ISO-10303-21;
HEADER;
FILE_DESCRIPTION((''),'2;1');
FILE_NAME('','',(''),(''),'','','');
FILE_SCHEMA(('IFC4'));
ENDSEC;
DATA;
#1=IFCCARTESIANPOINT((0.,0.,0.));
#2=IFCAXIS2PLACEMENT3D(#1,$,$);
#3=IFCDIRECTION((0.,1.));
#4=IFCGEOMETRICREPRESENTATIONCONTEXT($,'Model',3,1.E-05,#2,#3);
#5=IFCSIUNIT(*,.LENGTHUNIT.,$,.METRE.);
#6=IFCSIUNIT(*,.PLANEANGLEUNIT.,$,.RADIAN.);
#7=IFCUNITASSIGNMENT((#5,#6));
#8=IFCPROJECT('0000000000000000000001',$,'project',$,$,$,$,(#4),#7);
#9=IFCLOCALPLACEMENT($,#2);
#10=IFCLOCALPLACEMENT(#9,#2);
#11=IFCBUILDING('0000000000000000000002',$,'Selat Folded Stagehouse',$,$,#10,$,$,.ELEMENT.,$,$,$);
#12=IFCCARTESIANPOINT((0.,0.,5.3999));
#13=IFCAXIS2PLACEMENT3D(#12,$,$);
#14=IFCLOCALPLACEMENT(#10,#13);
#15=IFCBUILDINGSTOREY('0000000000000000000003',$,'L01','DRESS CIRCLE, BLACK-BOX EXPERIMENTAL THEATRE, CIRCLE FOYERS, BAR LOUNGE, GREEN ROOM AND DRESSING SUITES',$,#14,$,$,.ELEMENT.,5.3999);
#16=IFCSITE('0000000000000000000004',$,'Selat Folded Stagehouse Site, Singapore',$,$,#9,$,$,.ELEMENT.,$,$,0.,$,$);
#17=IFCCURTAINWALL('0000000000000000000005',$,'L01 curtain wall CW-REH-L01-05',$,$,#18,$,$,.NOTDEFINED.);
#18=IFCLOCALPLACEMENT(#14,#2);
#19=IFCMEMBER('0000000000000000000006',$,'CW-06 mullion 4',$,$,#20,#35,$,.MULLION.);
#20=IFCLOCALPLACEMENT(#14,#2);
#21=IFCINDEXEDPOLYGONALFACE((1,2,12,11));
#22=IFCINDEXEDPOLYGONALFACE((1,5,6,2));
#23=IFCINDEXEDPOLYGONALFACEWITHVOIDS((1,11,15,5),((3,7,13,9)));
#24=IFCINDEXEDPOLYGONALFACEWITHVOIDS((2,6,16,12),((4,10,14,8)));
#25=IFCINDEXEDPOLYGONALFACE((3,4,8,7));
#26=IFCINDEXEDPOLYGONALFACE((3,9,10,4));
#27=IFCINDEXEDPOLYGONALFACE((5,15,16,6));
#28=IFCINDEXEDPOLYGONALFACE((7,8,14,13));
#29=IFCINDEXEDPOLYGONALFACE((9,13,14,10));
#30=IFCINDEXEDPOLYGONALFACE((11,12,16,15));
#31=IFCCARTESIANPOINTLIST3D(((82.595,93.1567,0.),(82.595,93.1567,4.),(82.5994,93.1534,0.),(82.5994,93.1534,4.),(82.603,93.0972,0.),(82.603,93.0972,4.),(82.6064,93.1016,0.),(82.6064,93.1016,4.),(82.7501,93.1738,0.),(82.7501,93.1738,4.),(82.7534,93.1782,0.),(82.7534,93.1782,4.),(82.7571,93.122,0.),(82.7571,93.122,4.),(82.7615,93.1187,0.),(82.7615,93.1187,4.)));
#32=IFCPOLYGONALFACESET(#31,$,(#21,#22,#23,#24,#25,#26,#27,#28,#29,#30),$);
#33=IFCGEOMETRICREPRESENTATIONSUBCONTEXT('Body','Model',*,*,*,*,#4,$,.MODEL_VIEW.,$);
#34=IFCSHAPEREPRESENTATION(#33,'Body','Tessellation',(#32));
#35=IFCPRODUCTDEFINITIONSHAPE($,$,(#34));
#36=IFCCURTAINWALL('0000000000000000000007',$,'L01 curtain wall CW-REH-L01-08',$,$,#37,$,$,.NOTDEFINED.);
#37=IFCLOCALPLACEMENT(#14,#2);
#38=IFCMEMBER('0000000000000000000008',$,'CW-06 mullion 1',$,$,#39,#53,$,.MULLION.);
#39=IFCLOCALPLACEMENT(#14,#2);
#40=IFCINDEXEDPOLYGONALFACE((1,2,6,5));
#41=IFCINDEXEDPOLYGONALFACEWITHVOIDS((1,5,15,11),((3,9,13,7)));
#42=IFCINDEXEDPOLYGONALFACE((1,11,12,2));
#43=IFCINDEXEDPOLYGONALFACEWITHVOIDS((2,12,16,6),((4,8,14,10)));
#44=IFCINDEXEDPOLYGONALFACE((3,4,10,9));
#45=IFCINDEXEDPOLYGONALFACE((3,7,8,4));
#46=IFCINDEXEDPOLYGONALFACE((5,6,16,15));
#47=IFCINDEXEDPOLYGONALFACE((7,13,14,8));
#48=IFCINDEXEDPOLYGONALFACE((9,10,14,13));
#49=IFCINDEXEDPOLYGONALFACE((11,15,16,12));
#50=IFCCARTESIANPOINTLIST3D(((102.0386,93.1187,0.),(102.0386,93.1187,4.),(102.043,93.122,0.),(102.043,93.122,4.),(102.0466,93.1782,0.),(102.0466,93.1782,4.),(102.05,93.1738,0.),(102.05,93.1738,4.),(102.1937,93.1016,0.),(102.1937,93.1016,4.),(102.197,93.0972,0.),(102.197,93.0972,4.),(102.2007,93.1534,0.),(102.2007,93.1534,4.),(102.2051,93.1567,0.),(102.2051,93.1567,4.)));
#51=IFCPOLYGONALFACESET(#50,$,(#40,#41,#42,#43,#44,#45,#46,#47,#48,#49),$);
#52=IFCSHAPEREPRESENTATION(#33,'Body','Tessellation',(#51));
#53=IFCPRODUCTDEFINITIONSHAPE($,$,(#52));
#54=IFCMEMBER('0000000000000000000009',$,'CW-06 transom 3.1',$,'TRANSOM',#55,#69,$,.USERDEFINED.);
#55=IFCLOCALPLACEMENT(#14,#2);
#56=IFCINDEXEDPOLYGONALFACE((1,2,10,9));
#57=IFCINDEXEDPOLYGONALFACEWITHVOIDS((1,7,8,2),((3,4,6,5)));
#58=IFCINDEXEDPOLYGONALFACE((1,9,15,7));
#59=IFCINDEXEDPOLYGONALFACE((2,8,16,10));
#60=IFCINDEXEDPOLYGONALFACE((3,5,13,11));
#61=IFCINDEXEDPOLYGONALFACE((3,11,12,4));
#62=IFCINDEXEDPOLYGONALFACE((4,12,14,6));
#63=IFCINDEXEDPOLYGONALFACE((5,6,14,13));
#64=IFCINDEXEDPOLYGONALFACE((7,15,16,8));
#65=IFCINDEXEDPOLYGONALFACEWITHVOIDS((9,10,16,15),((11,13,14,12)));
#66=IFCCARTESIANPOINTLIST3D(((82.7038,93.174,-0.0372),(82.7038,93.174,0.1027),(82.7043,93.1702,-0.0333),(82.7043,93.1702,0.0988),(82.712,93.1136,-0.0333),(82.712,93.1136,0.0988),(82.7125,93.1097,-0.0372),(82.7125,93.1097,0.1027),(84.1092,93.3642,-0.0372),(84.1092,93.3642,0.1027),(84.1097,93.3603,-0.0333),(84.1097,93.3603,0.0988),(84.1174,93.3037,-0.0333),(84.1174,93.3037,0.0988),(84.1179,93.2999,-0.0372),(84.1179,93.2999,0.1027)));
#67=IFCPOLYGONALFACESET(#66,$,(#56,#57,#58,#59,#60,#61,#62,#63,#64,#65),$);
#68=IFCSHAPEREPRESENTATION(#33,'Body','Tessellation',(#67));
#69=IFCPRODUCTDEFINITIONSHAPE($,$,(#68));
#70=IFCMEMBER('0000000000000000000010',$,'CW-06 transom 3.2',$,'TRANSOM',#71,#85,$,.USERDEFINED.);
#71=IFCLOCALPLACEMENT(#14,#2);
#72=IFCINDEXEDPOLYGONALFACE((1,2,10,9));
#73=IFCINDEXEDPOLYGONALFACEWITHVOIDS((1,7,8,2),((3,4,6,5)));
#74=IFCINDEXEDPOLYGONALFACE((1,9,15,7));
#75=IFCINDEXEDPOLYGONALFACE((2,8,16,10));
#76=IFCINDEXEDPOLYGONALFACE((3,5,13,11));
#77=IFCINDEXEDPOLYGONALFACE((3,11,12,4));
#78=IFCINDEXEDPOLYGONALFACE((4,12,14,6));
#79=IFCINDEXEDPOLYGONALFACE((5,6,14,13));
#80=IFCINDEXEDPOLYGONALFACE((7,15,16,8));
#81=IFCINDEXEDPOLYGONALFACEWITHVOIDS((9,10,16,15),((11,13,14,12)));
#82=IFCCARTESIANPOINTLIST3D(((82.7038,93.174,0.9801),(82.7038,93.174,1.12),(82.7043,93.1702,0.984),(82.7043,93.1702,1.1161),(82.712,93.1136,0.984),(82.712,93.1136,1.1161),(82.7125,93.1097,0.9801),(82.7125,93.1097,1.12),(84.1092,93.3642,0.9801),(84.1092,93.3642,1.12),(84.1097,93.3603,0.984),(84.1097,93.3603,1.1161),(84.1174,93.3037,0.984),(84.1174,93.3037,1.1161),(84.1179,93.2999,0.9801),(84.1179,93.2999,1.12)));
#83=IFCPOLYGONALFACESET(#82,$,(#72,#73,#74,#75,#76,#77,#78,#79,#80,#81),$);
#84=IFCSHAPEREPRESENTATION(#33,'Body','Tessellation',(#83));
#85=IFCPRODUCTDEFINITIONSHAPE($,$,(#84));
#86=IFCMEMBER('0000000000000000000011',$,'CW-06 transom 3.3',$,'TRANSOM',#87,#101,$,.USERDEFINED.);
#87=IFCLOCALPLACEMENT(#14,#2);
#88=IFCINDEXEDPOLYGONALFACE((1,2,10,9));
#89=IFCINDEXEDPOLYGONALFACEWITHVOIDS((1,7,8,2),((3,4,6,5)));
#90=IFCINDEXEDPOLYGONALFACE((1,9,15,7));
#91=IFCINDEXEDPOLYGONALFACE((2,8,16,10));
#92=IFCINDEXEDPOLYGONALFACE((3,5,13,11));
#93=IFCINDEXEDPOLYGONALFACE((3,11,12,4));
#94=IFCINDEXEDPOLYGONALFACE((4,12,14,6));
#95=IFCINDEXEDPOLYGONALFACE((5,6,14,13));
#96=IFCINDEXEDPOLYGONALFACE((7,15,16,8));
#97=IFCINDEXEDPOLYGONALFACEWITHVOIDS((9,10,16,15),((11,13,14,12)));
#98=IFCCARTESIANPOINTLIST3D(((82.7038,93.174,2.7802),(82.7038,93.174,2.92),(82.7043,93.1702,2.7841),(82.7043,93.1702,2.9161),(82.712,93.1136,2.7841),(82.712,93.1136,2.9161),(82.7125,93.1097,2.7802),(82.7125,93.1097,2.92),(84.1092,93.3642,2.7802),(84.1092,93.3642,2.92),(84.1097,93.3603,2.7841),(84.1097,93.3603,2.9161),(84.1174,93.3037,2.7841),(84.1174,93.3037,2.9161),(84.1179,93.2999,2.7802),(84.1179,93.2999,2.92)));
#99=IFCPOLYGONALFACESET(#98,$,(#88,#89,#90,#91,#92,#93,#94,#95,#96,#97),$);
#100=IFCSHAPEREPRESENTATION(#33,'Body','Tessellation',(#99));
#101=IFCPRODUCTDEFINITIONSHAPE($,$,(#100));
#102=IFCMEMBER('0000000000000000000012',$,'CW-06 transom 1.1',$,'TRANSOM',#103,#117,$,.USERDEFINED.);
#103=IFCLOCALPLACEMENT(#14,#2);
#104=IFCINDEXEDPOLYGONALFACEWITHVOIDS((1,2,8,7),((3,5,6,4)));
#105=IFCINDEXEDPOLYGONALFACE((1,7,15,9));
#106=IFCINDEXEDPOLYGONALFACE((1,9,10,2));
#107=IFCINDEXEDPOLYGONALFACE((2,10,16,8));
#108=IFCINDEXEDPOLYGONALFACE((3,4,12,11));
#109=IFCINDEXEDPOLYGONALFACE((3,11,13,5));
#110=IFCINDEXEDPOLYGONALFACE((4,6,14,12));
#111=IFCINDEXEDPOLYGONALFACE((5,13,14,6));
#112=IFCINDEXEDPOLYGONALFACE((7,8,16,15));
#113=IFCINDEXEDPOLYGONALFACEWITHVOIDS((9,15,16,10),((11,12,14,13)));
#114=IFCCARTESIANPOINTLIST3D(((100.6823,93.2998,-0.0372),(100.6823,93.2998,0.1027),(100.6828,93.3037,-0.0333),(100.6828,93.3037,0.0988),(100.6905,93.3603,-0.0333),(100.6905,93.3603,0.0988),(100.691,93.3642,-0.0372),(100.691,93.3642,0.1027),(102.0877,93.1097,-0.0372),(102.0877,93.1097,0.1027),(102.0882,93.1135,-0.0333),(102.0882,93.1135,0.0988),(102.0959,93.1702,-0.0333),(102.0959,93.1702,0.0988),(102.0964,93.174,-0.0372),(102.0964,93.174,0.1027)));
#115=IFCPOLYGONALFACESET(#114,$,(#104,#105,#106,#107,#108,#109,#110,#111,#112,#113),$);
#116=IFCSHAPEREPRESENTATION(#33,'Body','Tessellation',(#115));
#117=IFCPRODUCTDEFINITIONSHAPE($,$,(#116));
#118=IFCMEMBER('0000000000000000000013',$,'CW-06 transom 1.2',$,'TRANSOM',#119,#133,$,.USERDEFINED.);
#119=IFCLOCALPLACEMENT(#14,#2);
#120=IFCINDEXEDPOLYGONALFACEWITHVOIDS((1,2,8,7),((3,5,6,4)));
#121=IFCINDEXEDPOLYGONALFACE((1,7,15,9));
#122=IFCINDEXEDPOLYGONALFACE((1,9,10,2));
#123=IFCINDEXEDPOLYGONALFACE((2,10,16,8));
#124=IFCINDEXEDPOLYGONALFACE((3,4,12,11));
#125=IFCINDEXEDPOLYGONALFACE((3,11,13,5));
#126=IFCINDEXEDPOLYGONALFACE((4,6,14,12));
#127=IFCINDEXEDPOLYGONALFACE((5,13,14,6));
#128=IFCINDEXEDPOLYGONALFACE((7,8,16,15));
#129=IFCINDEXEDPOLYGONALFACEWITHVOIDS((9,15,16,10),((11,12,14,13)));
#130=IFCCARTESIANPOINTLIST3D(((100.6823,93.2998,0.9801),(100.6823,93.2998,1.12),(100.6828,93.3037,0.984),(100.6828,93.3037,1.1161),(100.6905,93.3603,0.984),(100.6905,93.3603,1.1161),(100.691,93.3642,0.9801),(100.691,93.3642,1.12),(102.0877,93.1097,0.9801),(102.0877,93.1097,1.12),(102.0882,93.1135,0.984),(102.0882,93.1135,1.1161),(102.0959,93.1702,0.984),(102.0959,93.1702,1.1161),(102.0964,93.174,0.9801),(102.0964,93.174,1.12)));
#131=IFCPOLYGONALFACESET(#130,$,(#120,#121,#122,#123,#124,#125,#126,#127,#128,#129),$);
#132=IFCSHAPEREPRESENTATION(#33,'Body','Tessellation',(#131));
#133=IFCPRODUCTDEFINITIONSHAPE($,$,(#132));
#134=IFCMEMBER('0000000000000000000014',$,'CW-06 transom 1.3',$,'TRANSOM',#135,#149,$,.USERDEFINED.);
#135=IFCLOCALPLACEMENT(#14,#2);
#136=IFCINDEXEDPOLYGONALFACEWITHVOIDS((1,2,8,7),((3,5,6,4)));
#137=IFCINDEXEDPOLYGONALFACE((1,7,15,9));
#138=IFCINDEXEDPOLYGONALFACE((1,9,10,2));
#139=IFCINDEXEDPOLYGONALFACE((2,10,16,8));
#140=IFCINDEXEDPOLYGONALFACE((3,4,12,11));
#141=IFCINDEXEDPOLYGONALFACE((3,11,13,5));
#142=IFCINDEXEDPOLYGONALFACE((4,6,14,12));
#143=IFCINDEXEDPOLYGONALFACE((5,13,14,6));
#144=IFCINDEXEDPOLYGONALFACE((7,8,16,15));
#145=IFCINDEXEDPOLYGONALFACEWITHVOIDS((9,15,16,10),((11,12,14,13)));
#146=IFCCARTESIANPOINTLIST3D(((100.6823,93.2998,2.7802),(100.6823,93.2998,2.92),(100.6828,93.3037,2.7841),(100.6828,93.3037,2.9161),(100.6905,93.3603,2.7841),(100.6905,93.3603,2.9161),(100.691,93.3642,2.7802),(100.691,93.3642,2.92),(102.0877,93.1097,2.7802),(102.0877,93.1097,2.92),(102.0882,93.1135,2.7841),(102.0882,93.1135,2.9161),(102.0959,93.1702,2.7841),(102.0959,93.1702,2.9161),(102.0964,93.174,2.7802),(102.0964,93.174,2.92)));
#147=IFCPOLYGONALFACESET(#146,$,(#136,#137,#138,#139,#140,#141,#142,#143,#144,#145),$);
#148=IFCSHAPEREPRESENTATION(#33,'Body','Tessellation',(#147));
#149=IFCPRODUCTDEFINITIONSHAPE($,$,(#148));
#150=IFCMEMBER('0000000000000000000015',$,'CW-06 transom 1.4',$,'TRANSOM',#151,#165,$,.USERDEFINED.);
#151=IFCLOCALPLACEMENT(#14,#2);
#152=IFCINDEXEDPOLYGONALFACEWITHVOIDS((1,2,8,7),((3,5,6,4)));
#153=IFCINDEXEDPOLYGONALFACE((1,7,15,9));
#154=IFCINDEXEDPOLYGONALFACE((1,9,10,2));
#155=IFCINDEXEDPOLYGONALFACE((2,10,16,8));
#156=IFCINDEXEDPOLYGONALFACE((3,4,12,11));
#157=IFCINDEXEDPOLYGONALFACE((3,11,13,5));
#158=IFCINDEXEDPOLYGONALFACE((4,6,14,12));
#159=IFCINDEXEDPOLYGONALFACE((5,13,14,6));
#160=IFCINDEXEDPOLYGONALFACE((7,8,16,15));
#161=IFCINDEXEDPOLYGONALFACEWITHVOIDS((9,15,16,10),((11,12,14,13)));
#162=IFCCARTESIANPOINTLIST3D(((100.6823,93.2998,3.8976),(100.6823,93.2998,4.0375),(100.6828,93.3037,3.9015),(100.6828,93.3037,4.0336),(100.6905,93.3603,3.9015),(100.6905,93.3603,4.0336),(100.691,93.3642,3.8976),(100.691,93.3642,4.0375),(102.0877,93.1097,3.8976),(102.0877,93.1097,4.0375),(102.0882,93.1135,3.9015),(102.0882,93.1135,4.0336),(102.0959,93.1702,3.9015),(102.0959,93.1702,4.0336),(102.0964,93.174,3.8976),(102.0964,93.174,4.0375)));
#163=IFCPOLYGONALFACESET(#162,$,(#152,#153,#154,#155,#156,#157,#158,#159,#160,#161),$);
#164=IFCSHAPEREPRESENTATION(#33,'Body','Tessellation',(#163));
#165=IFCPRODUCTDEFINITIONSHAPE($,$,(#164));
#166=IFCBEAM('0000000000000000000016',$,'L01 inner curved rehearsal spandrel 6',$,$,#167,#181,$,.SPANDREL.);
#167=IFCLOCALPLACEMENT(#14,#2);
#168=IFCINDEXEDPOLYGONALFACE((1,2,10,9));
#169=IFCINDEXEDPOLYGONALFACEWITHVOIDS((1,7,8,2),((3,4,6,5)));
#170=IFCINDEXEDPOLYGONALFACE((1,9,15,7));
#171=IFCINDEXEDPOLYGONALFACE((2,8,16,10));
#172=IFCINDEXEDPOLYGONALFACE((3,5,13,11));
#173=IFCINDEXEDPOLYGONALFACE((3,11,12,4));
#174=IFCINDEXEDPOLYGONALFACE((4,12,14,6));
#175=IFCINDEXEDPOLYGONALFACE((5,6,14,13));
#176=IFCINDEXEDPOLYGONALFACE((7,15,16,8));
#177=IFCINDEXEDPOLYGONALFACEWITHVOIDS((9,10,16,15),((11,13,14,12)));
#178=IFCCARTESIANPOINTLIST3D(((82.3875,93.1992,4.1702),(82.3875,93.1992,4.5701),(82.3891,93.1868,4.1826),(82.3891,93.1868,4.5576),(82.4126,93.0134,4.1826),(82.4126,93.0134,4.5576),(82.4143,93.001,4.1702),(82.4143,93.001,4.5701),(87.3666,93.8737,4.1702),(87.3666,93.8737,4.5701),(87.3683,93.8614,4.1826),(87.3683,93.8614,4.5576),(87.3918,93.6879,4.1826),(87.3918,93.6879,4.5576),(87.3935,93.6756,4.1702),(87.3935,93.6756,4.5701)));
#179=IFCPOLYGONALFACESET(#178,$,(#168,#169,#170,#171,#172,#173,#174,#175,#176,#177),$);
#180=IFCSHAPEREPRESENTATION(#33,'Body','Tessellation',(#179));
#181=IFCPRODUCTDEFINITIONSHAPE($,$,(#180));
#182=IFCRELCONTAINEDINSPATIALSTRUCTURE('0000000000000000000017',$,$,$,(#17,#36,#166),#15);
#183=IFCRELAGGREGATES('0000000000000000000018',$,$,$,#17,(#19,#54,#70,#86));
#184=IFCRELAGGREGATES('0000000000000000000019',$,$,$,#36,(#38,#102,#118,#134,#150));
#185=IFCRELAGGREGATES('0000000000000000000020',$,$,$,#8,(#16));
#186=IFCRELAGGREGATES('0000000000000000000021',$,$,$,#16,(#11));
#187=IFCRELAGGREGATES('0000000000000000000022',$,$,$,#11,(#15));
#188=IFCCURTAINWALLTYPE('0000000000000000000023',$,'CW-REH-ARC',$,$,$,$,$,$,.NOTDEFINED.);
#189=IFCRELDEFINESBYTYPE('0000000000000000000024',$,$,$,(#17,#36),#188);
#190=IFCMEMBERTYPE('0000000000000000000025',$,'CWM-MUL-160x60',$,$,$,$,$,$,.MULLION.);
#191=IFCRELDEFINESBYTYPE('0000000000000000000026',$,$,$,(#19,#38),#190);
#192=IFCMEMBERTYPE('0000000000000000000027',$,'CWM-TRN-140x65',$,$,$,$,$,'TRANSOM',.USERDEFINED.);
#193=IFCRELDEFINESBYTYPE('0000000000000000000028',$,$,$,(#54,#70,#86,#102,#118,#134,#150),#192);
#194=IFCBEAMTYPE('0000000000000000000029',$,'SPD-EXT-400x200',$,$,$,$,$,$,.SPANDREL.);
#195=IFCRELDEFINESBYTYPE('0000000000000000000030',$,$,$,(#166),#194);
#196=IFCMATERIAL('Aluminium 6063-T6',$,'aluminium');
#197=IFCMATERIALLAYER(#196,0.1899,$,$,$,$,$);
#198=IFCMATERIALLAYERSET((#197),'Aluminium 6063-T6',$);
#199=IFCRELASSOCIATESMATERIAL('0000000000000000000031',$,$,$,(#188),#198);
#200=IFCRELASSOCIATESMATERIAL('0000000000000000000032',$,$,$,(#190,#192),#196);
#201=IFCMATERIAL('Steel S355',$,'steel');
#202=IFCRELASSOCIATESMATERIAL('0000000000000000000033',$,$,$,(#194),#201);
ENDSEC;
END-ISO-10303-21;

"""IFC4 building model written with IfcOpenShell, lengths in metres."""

from ifc_helpers import new_model, si_unit, direction, frame, origin, origin_2d, place, context, subcontext, project, spatial, hollow_rectangle, extrude, material, layer, layer_set, material_profile, profile_set, type_object, element, aggregate, save


model = new_model("IFC4")

# Units and contexts
model_context = context("Model", 3, precision=1e-05, world=origin(), true_north=direction((0.0, 1.0)))
body_context = subcontext(model_context, "Body", "Model", "MODEL_VIEW")
ifc_project = project(units=[si_unit("LENGTHUNIT", "METRE"), si_unit("PLANEANGLEUNIT", "RADIAN")], contexts=[model_context])

# Site, building, storey
site_placement = place(None, origin())
site = spatial("IfcSite", under=ifc_project, at=site_placement, Name="Selat Folded Stagehouse Site, Singapore", CompositionType="ELEMENT", RefElevation=0.0)
building_placement = place(site_placement, origin())
building = spatial("IfcBuilding", under=site, at=building_placement, Name="Selat Folded Stagehouse", CompositionType="ELEMENT")
storey_placement = place(building_placement, frame((0.0, 0.0, 5.3999)))
storey = spatial("IfcBuildingStorey", under=building, at=storey_placement, Name="L01", Description="DRESS CIRCLE, BLACK-BOX EXPERIMENTAL THEATRE, CIRCLE FOYERS, BAR LOUNGE, GREEN ROOM AND DRESSING SUITES", CompositionType="ELEMENT", Elevation=5.3999)

# Shared definitions
ifc_material_1 = material(Name="Steel S355", Category="steel")

# Curtain walls, members
ifc_material_2 = material(Name="Aluminium 6063-T6", Category="aluminium")
ifc_layer_1 = layer(ifc_material_2, 0.1899)
ifc_layer_set_1 = layer_set([ifc_layer_1], Name="Aluminium 6063-T6")
curtain_wall_type = type_object("IfcCurtainWallType", Name="CW-REH-ARC", PredefinedType="NOTDEFINED", material=ifc_layer_set_1)
curtain_wall_1_placement = place(storey_placement, origin())
curtain_wall_1 = element("IfcCurtainWall", 1, at=curtain_wall_1_placement, inside=storey, type_object=curtain_wall_type, Name="L01 curtain wall CW-REH-L01-05", PredefinedType="NOTDEFINED")
ifc_material_profile_1 = material_profile(ifc_material_2, hollow_rectangle(XDim=0.0601, YDim=0.1599, WallThickness=0.0039, at=origin_2d()), Name="ALU 160x60x4.0")
ifc_profile_set_1 = profile_set([ifc_material_profile_1], Name="Aluminium 6063-T6")
member_type_1 = type_object("IfcMemberType", Name="CWM-MUL-160x60", PredefinedType="MULLION", material=ifc_profile_set_1)
member_1_placement = place(storey_placement, frame((82.6782, 93.1377, 0.0), z_axis=(0.0, 0.0, 1.0), x_axis=(0.134212, -0.990953, 0.0)))
member_1 = element("IfcMember", 2, at=member_1_placement, type_object=member_type_1, Name="CW-06 mullion 4", PredefinedType="MULLION", context=body_context, shape_type="SweptSolid", body=[
    extrude(hollow_rectangle(XDim=0.0601, YDim=0.1599, WallThickness=0.0039, at=origin_2d()), origin(), (0.0, 0.0, 1.0), 4.0),
])
curtain_wall_2_placement = place(storey_placement, origin())
curtain_wall_2 = element("IfcCurtainWall", 3, at=curtain_wall_2_placement, inside=storey, type_object=curtain_wall_type, Name="L01 curtain wall CW-REH-L01-08", PredefinedType="NOTDEFINED")
member_2_placement = place(storey_placement, frame((102.1218, 93.1377, 0.0), z_axis=(0.0, 0.0, 1.0), x_axis=(-0.134212, -0.990953, 0.0)))
member_2 = element("IfcMember", 4, at=member_2_placement, type_object=member_type_1, Name="CW-06 mullion 1", PredefinedType="MULLION", context=body_context, shape_type="SweptSolid", body=[
    extrude(hollow_rectangle(XDim=0.0601, YDim=0.1599, WallThickness=0.0039, at=origin_2d()), origin(), (0.0, 0.0, 1.0), 4.0),
])

# Members
ifc_material_profile_2 = material_profile(ifc_material_2, hollow_rectangle(XDim=0.0649, YDim=0.1399, WallThickness=0.0039, at=origin_2d()), Name="ALU 140x65x4.0")
ifc_profile_set_2 = profile_set([ifc_material_profile_2], Name="Aluminium 6063-T6")
member_type_2 = type_object("IfcMemberType", Name="CWM-TRN-140x65", ElementType="TRANSOM", PredefinedType="USERDEFINED", material=ifc_profile_set_2)
member_3_placement = place(storey_placement, frame((84.1135, 93.332, 0.0327), z_axis=(-0.990969, -0.134092, 0.0), x_axis=(0.134092, -0.990969, 0.0)))
member_3 = element("IfcMember", 5, at=member_3_placement, type_object=member_type_2, Name="CW-06 transom 3.1", ObjectType="TRANSOM", PredefinedType="USERDEFINED", context=body_context, shape_type="SweptSolid", body=[
    extrude(hollow_rectangle(XDim=0.0649, YDim=0.1399, WallThickness=0.0039, at=origin_2d()), origin(), (0.0, 0.0, 1.0), 1.4182),
])
member_4_placement = place(storey_placement, frame((84.1135, 93.332, 1.05), z_axis=(-0.990969, -0.134092, 0.0), x_axis=(0.134092, -0.990969, 0.0)))
member_4 = element("IfcMember", 6, at=member_4_placement, type_object=member_type_2, Name="CW-06 transom 3.2", ObjectType="TRANSOM", PredefinedType="USERDEFINED", context=body_context, shape_type="SweptSolid", body=[
    extrude(hollow_rectangle(XDim=0.0649, YDim=0.1399, WallThickness=0.0039, at=origin_2d()), origin(), (0.0, 0.0, 1.0), 1.4182),
])
member_5_placement = place(storey_placement, frame((84.1135, 93.332, 2.8501), z_axis=(-0.990969, -0.134092, 0.0), x_axis=(0.134092, -0.990969, 0.0)))
member_5 = element("IfcMember", 7, at=member_5_placement, type_object=member_type_2, Name="CW-06 transom 3.3", ObjectType="TRANSOM", PredefinedType="USERDEFINED", context=body_context, shape_type="SweptSolid", body=[
    extrude(hollow_rectangle(XDim=0.0649, YDim=0.1399, WallThickness=0.0039, at=origin_2d()), origin(), (0.0, 0.0, 1.0), 1.4182),
])
member_6_placement = place(storey_placement, frame((102.092, 93.1418, 0.0327), z_axis=(-0.990969, 0.134092, 0.0), x_axis=(-0.134092, -0.990969, 0.0)))
member_6 = element("IfcMember", 8, at=member_6_placement, type_object=member_type_2, Name="CW-06 transom 1.1", ObjectType="TRANSOM", PredefinedType="USERDEFINED", context=body_context, shape_type="SweptSolid", body=[
    extrude(hollow_rectangle(XDim=0.0649, YDim=0.1399, WallThickness=0.0039, at=origin_2d()), origin(), (0.0, 0.0, 1.0), 1.4182),
])
member_7_placement = place(storey_placement, frame((102.092, 93.1418, 1.05), z_axis=(-0.990969, 0.134092, 0.0), x_axis=(-0.134092, -0.990969, 0.0)))
member_7 = element("IfcMember", 9, at=member_7_placement, type_object=member_type_2, Name="CW-06 transom 1.2", ObjectType="TRANSOM", PredefinedType="USERDEFINED", context=body_context, shape_type="SweptSolid", body=[
    extrude(hollow_rectangle(XDim=0.0649, YDim=0.1399, WallThickness=0.0039, at=origin_2d()), origin(), (0.0, 0.0, 1.0), 1.4182),
])
member_8_placement = place(storey_placement, frame((102.092, 93.1418, 2.8501), z_axis=(-0.990969, 0.134092, 0.0), x_axis=(-0.134092, -0.990969, 0.0)))
member_8 = element("IfcMember", 10, at=member_8_placement, type_object=member_type_2, Name="CW-06 transom 1.3", ObjectType="TRANSOM", PredefinedType="USERDEFINED", context=body_context, shape_type="SweptSolid", body=[
    extrude(hollow_rectangle(XDim=0.0649, YDim=0.1399, WallThickness=0.0039, at=origin_2d()), origin(), (0.0, 0.0, 1.0), 1.4182),
])
member_9_placement = place(storey_placement, frame((102.092, 93.1418, 3.9675), z_axis=(-0.990969, 0.134092, 0.0), x_axis=(-0.134092, -0.990969, 0.0)))
member_9 = element("IfcMember", 11, at=member_9_placement, type_object=member_type_2, Name="CW-06 transom 1.4", ObjectType="TRANSOM", PredefinedType="USERDEFINED", context=body_context, shape_type="SweptSolid", body=[
    extrude(hollow_rectangle(XDim=0.0649, YDim=0.1399, WallThickness=0.0039, at=origin_2d()), origin(), (0.0, 0.0, 1.0), 1.4182),
])

# Beam
ifc_material_profile_3 = material_profile(ifc_material_1, hollow_rectangle(XDim=0.2, YDim=0.3999, WallThickness=0.0125, at=origin_2d()), Name="RHS 400x200x12.5")
ifc_profile_set_3 = profile_set([ifc_material_profile_3], Name="Steel S355")
beam_type_1 = type_object("IfcBeamType", Name="SPD-EXT-400x200", PredefinedType="SPANDREL", material=ifc_profile_set_3)
beam_1_placement = place(storey_placement, frame((82.4009, 93.1001, 4.3701), z_axis=(0.990948, 0.134248, 0.0), x_axis=(-0.134248, 0.990948, 0.0)))
element("IfcBeam", 12, at=beam_1_placement, inside=storey, type_object=beam_type_1, Name="L01 inner curved rehearsal spandrel 6", PredefinedType="SPANDREL", context=body_context, shape_type="SweptSolid", body=[
    extrude(hollow_rectangle(XDim=0.2, YDim=0.3999, WallThickness=0.0125, at=origin_2d()), origin(), (0.0, 0.0, 1.0), 5.0247),
])

aggregate(curtain_wall_1, [member_1, member_3, member_4, member_5])
aggregate(curtain_wall_2, [member_2, member_6, member_7, member_8, member_9])

save(model, "model.ifc")
